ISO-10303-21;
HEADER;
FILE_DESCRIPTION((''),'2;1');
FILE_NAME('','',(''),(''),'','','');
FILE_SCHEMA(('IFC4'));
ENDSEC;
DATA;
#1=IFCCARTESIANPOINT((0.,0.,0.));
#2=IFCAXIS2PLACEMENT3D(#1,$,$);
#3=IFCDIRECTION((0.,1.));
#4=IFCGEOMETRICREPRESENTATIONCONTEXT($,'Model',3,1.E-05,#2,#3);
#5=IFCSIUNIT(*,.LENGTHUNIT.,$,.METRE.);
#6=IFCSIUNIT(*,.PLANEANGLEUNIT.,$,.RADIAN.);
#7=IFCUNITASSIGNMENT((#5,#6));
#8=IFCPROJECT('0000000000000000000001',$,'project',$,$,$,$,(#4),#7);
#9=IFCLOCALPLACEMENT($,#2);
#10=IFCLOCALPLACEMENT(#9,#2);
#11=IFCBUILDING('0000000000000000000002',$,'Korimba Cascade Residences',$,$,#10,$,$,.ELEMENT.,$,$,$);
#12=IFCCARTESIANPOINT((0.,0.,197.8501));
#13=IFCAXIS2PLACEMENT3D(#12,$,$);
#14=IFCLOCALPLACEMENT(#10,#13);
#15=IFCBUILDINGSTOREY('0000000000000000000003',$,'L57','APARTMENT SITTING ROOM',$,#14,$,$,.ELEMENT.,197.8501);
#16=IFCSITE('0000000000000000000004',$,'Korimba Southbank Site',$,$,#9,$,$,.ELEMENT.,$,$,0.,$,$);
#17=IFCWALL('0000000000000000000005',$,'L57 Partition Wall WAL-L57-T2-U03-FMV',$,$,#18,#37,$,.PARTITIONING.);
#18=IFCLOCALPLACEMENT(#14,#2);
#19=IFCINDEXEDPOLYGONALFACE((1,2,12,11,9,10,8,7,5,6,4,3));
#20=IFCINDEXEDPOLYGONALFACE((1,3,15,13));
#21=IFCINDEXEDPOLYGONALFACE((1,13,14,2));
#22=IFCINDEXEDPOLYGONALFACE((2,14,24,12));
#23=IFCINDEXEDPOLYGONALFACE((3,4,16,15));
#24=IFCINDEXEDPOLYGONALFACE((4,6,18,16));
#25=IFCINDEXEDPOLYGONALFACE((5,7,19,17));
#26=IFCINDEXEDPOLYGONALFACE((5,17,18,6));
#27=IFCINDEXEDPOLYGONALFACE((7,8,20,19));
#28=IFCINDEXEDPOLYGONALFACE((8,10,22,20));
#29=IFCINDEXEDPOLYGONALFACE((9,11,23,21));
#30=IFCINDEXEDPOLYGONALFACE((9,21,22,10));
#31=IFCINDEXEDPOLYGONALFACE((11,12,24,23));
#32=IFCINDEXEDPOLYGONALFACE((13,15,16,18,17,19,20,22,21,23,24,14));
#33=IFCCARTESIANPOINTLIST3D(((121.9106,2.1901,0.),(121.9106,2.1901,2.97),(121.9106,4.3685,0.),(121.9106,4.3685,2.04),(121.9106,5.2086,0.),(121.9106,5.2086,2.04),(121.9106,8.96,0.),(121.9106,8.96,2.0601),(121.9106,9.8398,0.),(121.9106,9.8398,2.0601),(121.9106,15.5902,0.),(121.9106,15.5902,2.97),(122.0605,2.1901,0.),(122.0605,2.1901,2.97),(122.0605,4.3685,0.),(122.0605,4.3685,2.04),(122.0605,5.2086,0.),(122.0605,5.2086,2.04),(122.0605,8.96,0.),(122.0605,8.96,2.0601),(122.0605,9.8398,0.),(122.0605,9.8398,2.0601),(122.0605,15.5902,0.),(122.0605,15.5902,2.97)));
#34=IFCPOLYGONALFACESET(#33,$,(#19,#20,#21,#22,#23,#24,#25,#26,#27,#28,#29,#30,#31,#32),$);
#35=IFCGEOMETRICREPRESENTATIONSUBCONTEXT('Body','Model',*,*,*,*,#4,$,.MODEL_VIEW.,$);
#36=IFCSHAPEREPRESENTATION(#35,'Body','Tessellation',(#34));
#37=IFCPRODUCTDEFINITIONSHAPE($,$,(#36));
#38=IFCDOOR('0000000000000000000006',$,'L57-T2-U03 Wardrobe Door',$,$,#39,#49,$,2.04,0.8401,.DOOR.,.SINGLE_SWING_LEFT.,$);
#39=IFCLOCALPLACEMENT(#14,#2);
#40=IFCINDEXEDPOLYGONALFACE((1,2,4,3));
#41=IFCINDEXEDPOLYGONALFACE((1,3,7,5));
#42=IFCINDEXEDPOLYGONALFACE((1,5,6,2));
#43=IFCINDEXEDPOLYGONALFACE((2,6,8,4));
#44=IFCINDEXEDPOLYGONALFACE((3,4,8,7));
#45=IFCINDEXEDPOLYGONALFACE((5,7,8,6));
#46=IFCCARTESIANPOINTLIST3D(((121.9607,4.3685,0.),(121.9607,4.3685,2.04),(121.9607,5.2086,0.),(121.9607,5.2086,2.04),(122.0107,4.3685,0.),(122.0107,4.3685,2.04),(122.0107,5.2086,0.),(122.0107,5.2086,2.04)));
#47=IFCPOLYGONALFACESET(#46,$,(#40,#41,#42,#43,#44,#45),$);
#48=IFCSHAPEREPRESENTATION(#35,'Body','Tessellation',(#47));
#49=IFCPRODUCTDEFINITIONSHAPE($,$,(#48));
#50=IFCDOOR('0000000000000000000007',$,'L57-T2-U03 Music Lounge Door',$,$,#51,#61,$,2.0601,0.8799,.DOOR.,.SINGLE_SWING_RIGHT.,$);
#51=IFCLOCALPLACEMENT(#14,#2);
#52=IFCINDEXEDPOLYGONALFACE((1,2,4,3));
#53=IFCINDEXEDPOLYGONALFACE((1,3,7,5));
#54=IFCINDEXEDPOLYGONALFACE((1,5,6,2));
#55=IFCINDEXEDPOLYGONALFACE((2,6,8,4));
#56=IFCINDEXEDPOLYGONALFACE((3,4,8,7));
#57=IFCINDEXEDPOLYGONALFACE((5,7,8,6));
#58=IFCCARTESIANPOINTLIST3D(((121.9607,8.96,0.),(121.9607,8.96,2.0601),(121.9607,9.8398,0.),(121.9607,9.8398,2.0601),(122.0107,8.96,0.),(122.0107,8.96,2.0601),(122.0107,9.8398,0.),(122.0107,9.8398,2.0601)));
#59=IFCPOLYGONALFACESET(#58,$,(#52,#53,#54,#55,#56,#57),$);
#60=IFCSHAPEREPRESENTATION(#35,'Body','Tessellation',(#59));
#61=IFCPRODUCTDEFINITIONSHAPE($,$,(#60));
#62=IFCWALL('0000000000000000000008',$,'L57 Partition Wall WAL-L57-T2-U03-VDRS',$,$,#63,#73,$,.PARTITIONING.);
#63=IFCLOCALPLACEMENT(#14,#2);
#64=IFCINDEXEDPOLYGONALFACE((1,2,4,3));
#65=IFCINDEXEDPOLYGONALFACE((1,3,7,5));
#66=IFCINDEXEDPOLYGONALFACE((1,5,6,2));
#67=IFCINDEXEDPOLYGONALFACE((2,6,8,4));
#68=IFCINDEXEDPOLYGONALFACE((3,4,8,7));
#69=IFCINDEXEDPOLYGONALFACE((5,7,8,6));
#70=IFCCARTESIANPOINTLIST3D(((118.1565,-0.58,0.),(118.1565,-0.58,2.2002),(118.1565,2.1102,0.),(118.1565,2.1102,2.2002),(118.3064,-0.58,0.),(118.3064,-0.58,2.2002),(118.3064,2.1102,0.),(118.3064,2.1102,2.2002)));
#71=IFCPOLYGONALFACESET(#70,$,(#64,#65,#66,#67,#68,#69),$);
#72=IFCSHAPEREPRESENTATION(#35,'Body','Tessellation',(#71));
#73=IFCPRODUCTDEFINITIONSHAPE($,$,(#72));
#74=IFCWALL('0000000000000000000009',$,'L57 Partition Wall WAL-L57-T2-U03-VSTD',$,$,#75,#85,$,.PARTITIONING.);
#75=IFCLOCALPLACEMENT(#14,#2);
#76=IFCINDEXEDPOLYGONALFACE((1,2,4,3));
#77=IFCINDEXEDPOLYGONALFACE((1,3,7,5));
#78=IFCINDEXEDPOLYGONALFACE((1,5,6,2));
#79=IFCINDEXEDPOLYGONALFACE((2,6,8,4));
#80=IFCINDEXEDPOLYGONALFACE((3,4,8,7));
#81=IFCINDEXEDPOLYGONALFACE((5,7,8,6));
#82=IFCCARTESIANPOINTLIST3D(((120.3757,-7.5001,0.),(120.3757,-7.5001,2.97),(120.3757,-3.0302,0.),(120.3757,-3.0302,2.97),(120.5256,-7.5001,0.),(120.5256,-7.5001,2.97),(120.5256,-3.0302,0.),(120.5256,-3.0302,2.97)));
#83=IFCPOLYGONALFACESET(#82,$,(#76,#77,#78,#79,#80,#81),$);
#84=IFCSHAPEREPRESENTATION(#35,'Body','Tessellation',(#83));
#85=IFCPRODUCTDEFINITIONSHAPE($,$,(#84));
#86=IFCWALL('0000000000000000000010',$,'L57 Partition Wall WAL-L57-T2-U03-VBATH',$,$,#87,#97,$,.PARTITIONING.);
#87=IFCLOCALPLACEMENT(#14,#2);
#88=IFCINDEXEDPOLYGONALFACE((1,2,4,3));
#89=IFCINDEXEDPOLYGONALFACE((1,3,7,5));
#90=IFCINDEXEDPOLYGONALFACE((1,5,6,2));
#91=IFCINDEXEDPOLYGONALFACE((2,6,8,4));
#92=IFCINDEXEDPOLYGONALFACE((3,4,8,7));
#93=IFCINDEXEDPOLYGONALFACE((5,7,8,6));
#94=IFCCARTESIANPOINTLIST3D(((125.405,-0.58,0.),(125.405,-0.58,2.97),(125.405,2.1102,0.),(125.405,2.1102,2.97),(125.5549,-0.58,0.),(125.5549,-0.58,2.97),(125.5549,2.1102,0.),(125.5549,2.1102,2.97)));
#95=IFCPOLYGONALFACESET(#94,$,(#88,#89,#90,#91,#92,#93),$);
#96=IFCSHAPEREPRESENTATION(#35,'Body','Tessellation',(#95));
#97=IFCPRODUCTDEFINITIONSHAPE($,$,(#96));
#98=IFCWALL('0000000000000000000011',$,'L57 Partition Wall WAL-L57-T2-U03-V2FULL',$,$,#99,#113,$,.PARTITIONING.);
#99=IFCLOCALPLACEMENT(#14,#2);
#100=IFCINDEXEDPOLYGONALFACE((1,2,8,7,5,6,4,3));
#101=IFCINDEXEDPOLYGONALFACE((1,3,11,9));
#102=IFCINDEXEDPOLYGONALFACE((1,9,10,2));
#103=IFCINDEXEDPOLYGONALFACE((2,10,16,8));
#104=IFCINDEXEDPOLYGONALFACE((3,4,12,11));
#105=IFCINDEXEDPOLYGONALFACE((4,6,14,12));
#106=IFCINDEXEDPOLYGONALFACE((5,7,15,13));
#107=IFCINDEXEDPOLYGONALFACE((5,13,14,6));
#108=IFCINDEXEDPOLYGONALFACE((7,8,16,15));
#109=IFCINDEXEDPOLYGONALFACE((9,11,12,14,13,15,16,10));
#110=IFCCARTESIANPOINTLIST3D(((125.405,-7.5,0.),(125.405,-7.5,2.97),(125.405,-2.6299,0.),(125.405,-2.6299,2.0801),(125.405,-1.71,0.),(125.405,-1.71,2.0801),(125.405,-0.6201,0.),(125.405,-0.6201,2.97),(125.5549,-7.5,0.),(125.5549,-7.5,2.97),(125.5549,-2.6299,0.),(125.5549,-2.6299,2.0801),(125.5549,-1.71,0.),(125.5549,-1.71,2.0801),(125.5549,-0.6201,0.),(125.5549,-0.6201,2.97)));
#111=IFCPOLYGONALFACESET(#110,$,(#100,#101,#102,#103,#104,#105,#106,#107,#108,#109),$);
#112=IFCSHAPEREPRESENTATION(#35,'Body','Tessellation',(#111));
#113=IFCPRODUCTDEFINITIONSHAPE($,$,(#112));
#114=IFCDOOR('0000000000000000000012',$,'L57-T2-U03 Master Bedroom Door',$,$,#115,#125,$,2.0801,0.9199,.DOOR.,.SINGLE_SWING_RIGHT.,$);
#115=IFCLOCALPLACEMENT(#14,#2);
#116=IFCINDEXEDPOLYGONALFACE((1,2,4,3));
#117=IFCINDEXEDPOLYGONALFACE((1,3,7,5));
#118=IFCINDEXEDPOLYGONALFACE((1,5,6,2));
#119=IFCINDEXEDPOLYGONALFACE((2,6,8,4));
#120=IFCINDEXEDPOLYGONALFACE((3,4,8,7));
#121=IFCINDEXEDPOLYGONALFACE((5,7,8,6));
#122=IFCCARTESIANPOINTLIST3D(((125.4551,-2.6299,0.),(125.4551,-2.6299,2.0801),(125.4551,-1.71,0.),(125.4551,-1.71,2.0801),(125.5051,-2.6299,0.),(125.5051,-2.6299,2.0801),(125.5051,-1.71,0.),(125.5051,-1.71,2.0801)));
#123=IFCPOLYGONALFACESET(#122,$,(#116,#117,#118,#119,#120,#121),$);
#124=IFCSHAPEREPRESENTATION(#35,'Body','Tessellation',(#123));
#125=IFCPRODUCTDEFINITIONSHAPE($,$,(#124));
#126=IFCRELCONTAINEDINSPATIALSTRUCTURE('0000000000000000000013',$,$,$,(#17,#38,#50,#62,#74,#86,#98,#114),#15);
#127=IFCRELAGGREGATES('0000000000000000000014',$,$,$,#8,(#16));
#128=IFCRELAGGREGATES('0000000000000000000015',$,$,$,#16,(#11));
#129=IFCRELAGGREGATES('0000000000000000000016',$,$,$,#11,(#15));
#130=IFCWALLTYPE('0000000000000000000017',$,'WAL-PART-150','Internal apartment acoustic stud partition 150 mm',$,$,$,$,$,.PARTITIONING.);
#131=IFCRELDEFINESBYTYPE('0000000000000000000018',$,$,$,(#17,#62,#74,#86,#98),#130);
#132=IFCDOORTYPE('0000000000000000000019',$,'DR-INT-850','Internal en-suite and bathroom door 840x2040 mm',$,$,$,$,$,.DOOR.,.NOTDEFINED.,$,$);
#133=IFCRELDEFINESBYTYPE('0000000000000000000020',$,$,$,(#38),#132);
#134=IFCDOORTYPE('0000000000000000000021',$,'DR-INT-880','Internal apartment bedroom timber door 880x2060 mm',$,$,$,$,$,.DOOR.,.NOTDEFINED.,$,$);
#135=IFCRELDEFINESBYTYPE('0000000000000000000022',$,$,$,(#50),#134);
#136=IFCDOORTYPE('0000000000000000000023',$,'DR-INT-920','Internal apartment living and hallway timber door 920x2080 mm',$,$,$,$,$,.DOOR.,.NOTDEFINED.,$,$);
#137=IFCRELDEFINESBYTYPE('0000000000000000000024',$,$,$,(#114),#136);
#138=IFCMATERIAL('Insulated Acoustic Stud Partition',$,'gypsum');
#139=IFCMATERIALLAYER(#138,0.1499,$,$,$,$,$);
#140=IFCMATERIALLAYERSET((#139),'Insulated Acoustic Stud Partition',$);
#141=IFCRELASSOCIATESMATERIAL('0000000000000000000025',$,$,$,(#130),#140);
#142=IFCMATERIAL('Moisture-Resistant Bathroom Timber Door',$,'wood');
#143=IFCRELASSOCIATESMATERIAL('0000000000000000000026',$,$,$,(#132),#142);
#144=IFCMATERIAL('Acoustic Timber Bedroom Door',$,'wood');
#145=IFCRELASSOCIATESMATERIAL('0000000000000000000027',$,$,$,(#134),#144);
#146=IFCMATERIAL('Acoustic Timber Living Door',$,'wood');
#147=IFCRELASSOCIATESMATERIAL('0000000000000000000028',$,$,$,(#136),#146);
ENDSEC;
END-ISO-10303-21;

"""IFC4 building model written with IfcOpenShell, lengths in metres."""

from ifc_helpers import new_model, si_unit, direction, frame, frame_2d, origin, place, context, subcontext, project, spatial, rectangle, extrude, material, layer, layer_set, type_object, element, fill, save


model = new_model("IFC4")

# Units and contexts
model_context = context("Model", 3, precision=1e-05, world=origin(), true_north=direction((0.0, 1.0)))
body_context = subcontext(model_context, "Body", "Model", "MODEL_VIEW")
ifc_project = project(units=[si_unit("LENGTHUNIT", "METRE"), si_unit("PLANEANGLEUNIT", "RADIAN")], contexts=[model_context])

# Site, building, storey
site_placement = place(None, origin())
site = spatial("IfcSite", under=ifc_project, at=site_placement, Name="Korimba Southbank Site", CompositionType="ELEMENT", RefElevation=0.0)
building_placement = place(site_placement, origin())
building = spatial("IfcBuilding", under=site, at=building_placement, Name="Korimba Cascade Residences", CompositionType="ELEMENT")
storey_placement = place(building_placement, frame((0.0, 0.0, 197.8501)))
storey = spatial("IfcBuildingStorey", under=building, at=storey_placement, Name="L57", Description="APARTMENT SITTING ROOM", CompositionType="ELEMENT", Elevation=197.8501)

# Wall, openings, doors
ifc_material_1 = material(Name="Insulated Acoustic Stud Partition", Category="gypsum")
ifc_layer_1 = layer(ifc_material_1, 0.1499)
ifc_layer_set_1 = layer_set([ifc_layer_1], Name="Insulated Acoustic Stud Partition")
wall_type_1 = type_object("IfcWallType", Name="WAL-PART-150", Description="Internal apartment acoustic stud partition 150 mm", PredefinedType="PARTITIONING", material=ifc_layer_set_1)
wall_1_placement = place(storey_placement, frame((121.9856, 2.1899, 0.0), z_axis=(0.0, 0.0, 1.0), x_axis=(0.0, 1.0, 0.0)))
wall_1 = element("IfcWall", 1, at=wall_1_placement, inside=storey, type_object=wall_type_1, Name="L57 Partition Wall WAL-L57-T2-U03-FMV", PredefinedType="PARTITIONING", context=body_context, shape_type="SweptSolid", body=[
    extrude(rectangle(XDim=13.4001, YDim=0.1499, at=frame_2d((6.7002, 0.0))), origin(), (0.0, 0.0, 1.0), 2.97),
])
opening_1_placement = place(wall_1_placement, frame((2.1787, 0.0, 0.0)))
opening_1 = element("IfcOpeningElement", 2, at=opening_1_placement, cuts=wall_1, PredefinedType="OPENING", context=body_context, shape_type="SweptSolid", body=[
    extrude(rectangle(XDim=0.8401, YDim=2.04, at=frame_2d((0.4199, 1.02))), frame((0.0, 0.085, 0.0), z_axis=(0.0, -1.0, 0.0), x_axis=(1.0, 0.0, 0.0)), (0.0, 0.0, 1.0), 0.1699),
])
opening_2_placement = place(wall_1_placement, frame((6.77, 0.0, 0.0)))
opening_2 = element("IfcOpeningElement", 3, at=opening_2_placement, cuts=wall_1, PredefinedType="OPENING", context=body_context, shape_type="SweptSolid", body=[
    extrude(rectangle(XDim=0.8799, YDim=2.0601, at=frame_2d((0.4399, 1.03))), frame((0.0, 0.085, 0.0), z_axis=(0.0, -1.0, 0.0), x_axis=(1.0, 0.0, 0.0)), (0.0, 0.0, 1.0), 0.1699),
])
ifc_material_2 = material(Name="Moisture-Resistant Bathroom Timber Door", Category="wood")
door_type_1 = type_object("IfcDoorType", Name="DR-INT-850", Description="Internal en-suite and bathroom door 840x2040 mm", OperationType="NOTDEFINED", PredefinedType="DOOR", material=ifc_material_2)
door_1_placement = place(opening_1_placement, origin())
door_1 = element("IfcDoor", 4, at=door_1_placement, inside=storey, type_object=door_type_1, Name="L57-T2-U03 Wardrobe Door", OperationType="SINGLE_SWING_LEFT", OverallHeight=2.04, OverallWidth=0.8401, PredefinedType="DOOR", context=body_context, shape_type="SweptSolid", body=[
    extrude(rectangle(XDim=0.8401, YDim=2.04, at=frame_2d((0.4199, 1.02))), frame((0.0, 0.0249, 0.0), z_axis=(0.0, -1.0, 0.0), x_axis=(1.0, 0.0, 0.0)), (0.0, 0.0, 1.0), 0.05),
])
fill(opening_1, door_1)
ifc_material_3 = material(Name="Acoustic Timber Bedroom Door", Category="wood")
door_type_2 = type_object("IfcDoorType", Name="DR-INT-880", Description="Internal apartment bedroom timber door 880x2060 mm", OperationType="NOTDEFINED", PredefinedType="DOOR", material=ifc_material_3)
door_2_placement = place(opening_2_placement, origin())
door_2 = element("IfcDoor", 5, at=door_2_placement, inside=storey, type_object=door_type_2, Name="L57-T2-U03 Music Lounge Door", OperationType="SINGLE_SWING_RIGHT", OverallHeight=2.0601, OverallWidth=0.8799, PredefinedType="DOOR", context=body_context, shape_type="SweptSolid", body=[
    extrude(rectangle(XDim=0.8799, YDim=2.0601, at=frame_2d((0.4399, 1.03))), frame((0.0, 0.0249, 0.0), z_axis=(0.0, -1.0, 0.0), x_axis=(1.0, 0.0, 0.0)), (0.0, 0.0, 1.0), 0.05),
])
fill(opening_2, door_2)

# Walls
wall_2_placement = place(storey_placement, frame((118.2314, -0.5801, 0.0), z_axis=(0.0, 0.0, 1.0), x_axis=(0.0, 1.0, 0.0)))
element("IfcWall", 6, at=wall_2_placement, inside=storey, type_object=wall_type_1, Name="L57 Partition Wall WAL-L57-T2-U03-VDRS", PredefinedType="PARTITIONING", context=body_context, shape_type="SweptSolid", body=[
    extrude(rectangle(XDim=2.6902, YDim=0.1499, at=frame_2d((1.3452, 0.0))), origin(), (0.0, 0.0, 1.0), 2.2002),
])
wall_3_placement = place(storey_placement, frame((120.4507, -7.5, 0.0), z_axis=(0.0, 0.0, 1.0), x_axis=(0.0, 1.0, 0.0)))
element("IfcWall", 7, at=wall_3_placement, inside=storey, type_object=wall_type_1, Name="L57 Partition Wall WAL-L57-T2-U03-VSTD", PredefinedType="PARTITIONING", context=body_context, shape_type="SweptSolid", body=[
    extrude(rectangle(XDim=4.47, YDim=0.1499, at=frame_2d((2.2349, 0.0))), origin(), (0.0, 0.0, 1.0), 2.97),
])
wall_4_placement = place(storey_placement, frame((125.48, -0.5801, 0.0), z_axis=(0.0, 0.0, 1.0), x_axis=(0.0, 1.0, 0.0)))
element("IfcWall", 8, at=wall_4_placement, inside=storey, type_object=wall_type_1, Name="L57 Partition Wall WAL-L57-T2-U03-VBATH", PredefinedType="PARTITIONING", context=body_context, shape_type="SweptSolid", body=[
    extrude(rectangle(XDim=2.6902, YDim=0.1499, at=frame_2d((1.3452, 0.0))), origin(), (0.0, 0.0, 1.0), 2.97),
])

# Wall, opening, door
wall_5_placement = place(storey_placement, frame((125.48, -7.5, 0.0), z_axis=(0.0, 0.0, 1.0), x_axis=(0.0, 1.0, 0.0)))
wall_5 = element("IfcWall", 9, at=wall_5_placement, inside=storey, type_object=wall_type_1, Name="L57 Partition Wall WAL-L57-T2-U03-V2FULL", PredefinedType="PARTITIONING", context=body_context, shape_type="SweptSolid", body=[
    extrude(rectangle(XDim=6.8799, YDim=0.1499, at=frame_2d((3.4399, 0.0))), origin(), (0.0, 0.0, 1.0), 2.97),
])
opening_3_placement = place(wall_5_placement, frame((4.8701, 0.0, 0.0)))
opening_3 = element("IfcOpeningElement", 10, at=opening_3_placement, cuts=wall_5, PredefinedType="OPENING", context=body_context, shape_type="SweptSolid", body=[
    extrude(rectangle(XDim=0.9199, YDim=2.0801, at=frame_2d((0.46, 1.04))), frame((0.0, 0.085, 0.0), z_axis=(0.0, -1.0, 0.0), x_axis=(1.0, 0.0, 0.0)), (0.0, 0.0, 1.0), 0.1699),
])
ifc_material_4 = material(Name="Acoustic Timber Living Door", Category="wood")
door_type_3 = type_object("IfcDoorType", Name="DR-INT-920", Description="Internal apartment living and hallway timber door 920x2080 mm", OperationType="NOTDEFINED", PredefinedType="DOOR", material=ifc_material_4)
door_3_placement = place(opening_3_placement, origin())
door_3 = element("IfcDoor", 11, at=door_3_placement, inside=storey, type_object=door_type_3, Name="L57-T2-U03 Master Bedroom Door", OperationType="SINGLE_SWING_RIGHT", OverallHeight=2.0801, OverallWidth=0.9199, PredefinedType="DOOR", context=body_context, shape_type="SweptSolid", body=[
    extrude(rectangle(XDim=0.9199, YDim=2.0801, at=frame_2d((0.46, 1.04))), frame((0.0, 0.0249, 0.0), z_axis=(0.0, -1.0, 0.0), x_axis=(1.0, 0.0, 0.0)), (0.0, 0.0, 1.0), 0.05),
])
fill(opening_3, door_3)

save(model, "model.ifc")
